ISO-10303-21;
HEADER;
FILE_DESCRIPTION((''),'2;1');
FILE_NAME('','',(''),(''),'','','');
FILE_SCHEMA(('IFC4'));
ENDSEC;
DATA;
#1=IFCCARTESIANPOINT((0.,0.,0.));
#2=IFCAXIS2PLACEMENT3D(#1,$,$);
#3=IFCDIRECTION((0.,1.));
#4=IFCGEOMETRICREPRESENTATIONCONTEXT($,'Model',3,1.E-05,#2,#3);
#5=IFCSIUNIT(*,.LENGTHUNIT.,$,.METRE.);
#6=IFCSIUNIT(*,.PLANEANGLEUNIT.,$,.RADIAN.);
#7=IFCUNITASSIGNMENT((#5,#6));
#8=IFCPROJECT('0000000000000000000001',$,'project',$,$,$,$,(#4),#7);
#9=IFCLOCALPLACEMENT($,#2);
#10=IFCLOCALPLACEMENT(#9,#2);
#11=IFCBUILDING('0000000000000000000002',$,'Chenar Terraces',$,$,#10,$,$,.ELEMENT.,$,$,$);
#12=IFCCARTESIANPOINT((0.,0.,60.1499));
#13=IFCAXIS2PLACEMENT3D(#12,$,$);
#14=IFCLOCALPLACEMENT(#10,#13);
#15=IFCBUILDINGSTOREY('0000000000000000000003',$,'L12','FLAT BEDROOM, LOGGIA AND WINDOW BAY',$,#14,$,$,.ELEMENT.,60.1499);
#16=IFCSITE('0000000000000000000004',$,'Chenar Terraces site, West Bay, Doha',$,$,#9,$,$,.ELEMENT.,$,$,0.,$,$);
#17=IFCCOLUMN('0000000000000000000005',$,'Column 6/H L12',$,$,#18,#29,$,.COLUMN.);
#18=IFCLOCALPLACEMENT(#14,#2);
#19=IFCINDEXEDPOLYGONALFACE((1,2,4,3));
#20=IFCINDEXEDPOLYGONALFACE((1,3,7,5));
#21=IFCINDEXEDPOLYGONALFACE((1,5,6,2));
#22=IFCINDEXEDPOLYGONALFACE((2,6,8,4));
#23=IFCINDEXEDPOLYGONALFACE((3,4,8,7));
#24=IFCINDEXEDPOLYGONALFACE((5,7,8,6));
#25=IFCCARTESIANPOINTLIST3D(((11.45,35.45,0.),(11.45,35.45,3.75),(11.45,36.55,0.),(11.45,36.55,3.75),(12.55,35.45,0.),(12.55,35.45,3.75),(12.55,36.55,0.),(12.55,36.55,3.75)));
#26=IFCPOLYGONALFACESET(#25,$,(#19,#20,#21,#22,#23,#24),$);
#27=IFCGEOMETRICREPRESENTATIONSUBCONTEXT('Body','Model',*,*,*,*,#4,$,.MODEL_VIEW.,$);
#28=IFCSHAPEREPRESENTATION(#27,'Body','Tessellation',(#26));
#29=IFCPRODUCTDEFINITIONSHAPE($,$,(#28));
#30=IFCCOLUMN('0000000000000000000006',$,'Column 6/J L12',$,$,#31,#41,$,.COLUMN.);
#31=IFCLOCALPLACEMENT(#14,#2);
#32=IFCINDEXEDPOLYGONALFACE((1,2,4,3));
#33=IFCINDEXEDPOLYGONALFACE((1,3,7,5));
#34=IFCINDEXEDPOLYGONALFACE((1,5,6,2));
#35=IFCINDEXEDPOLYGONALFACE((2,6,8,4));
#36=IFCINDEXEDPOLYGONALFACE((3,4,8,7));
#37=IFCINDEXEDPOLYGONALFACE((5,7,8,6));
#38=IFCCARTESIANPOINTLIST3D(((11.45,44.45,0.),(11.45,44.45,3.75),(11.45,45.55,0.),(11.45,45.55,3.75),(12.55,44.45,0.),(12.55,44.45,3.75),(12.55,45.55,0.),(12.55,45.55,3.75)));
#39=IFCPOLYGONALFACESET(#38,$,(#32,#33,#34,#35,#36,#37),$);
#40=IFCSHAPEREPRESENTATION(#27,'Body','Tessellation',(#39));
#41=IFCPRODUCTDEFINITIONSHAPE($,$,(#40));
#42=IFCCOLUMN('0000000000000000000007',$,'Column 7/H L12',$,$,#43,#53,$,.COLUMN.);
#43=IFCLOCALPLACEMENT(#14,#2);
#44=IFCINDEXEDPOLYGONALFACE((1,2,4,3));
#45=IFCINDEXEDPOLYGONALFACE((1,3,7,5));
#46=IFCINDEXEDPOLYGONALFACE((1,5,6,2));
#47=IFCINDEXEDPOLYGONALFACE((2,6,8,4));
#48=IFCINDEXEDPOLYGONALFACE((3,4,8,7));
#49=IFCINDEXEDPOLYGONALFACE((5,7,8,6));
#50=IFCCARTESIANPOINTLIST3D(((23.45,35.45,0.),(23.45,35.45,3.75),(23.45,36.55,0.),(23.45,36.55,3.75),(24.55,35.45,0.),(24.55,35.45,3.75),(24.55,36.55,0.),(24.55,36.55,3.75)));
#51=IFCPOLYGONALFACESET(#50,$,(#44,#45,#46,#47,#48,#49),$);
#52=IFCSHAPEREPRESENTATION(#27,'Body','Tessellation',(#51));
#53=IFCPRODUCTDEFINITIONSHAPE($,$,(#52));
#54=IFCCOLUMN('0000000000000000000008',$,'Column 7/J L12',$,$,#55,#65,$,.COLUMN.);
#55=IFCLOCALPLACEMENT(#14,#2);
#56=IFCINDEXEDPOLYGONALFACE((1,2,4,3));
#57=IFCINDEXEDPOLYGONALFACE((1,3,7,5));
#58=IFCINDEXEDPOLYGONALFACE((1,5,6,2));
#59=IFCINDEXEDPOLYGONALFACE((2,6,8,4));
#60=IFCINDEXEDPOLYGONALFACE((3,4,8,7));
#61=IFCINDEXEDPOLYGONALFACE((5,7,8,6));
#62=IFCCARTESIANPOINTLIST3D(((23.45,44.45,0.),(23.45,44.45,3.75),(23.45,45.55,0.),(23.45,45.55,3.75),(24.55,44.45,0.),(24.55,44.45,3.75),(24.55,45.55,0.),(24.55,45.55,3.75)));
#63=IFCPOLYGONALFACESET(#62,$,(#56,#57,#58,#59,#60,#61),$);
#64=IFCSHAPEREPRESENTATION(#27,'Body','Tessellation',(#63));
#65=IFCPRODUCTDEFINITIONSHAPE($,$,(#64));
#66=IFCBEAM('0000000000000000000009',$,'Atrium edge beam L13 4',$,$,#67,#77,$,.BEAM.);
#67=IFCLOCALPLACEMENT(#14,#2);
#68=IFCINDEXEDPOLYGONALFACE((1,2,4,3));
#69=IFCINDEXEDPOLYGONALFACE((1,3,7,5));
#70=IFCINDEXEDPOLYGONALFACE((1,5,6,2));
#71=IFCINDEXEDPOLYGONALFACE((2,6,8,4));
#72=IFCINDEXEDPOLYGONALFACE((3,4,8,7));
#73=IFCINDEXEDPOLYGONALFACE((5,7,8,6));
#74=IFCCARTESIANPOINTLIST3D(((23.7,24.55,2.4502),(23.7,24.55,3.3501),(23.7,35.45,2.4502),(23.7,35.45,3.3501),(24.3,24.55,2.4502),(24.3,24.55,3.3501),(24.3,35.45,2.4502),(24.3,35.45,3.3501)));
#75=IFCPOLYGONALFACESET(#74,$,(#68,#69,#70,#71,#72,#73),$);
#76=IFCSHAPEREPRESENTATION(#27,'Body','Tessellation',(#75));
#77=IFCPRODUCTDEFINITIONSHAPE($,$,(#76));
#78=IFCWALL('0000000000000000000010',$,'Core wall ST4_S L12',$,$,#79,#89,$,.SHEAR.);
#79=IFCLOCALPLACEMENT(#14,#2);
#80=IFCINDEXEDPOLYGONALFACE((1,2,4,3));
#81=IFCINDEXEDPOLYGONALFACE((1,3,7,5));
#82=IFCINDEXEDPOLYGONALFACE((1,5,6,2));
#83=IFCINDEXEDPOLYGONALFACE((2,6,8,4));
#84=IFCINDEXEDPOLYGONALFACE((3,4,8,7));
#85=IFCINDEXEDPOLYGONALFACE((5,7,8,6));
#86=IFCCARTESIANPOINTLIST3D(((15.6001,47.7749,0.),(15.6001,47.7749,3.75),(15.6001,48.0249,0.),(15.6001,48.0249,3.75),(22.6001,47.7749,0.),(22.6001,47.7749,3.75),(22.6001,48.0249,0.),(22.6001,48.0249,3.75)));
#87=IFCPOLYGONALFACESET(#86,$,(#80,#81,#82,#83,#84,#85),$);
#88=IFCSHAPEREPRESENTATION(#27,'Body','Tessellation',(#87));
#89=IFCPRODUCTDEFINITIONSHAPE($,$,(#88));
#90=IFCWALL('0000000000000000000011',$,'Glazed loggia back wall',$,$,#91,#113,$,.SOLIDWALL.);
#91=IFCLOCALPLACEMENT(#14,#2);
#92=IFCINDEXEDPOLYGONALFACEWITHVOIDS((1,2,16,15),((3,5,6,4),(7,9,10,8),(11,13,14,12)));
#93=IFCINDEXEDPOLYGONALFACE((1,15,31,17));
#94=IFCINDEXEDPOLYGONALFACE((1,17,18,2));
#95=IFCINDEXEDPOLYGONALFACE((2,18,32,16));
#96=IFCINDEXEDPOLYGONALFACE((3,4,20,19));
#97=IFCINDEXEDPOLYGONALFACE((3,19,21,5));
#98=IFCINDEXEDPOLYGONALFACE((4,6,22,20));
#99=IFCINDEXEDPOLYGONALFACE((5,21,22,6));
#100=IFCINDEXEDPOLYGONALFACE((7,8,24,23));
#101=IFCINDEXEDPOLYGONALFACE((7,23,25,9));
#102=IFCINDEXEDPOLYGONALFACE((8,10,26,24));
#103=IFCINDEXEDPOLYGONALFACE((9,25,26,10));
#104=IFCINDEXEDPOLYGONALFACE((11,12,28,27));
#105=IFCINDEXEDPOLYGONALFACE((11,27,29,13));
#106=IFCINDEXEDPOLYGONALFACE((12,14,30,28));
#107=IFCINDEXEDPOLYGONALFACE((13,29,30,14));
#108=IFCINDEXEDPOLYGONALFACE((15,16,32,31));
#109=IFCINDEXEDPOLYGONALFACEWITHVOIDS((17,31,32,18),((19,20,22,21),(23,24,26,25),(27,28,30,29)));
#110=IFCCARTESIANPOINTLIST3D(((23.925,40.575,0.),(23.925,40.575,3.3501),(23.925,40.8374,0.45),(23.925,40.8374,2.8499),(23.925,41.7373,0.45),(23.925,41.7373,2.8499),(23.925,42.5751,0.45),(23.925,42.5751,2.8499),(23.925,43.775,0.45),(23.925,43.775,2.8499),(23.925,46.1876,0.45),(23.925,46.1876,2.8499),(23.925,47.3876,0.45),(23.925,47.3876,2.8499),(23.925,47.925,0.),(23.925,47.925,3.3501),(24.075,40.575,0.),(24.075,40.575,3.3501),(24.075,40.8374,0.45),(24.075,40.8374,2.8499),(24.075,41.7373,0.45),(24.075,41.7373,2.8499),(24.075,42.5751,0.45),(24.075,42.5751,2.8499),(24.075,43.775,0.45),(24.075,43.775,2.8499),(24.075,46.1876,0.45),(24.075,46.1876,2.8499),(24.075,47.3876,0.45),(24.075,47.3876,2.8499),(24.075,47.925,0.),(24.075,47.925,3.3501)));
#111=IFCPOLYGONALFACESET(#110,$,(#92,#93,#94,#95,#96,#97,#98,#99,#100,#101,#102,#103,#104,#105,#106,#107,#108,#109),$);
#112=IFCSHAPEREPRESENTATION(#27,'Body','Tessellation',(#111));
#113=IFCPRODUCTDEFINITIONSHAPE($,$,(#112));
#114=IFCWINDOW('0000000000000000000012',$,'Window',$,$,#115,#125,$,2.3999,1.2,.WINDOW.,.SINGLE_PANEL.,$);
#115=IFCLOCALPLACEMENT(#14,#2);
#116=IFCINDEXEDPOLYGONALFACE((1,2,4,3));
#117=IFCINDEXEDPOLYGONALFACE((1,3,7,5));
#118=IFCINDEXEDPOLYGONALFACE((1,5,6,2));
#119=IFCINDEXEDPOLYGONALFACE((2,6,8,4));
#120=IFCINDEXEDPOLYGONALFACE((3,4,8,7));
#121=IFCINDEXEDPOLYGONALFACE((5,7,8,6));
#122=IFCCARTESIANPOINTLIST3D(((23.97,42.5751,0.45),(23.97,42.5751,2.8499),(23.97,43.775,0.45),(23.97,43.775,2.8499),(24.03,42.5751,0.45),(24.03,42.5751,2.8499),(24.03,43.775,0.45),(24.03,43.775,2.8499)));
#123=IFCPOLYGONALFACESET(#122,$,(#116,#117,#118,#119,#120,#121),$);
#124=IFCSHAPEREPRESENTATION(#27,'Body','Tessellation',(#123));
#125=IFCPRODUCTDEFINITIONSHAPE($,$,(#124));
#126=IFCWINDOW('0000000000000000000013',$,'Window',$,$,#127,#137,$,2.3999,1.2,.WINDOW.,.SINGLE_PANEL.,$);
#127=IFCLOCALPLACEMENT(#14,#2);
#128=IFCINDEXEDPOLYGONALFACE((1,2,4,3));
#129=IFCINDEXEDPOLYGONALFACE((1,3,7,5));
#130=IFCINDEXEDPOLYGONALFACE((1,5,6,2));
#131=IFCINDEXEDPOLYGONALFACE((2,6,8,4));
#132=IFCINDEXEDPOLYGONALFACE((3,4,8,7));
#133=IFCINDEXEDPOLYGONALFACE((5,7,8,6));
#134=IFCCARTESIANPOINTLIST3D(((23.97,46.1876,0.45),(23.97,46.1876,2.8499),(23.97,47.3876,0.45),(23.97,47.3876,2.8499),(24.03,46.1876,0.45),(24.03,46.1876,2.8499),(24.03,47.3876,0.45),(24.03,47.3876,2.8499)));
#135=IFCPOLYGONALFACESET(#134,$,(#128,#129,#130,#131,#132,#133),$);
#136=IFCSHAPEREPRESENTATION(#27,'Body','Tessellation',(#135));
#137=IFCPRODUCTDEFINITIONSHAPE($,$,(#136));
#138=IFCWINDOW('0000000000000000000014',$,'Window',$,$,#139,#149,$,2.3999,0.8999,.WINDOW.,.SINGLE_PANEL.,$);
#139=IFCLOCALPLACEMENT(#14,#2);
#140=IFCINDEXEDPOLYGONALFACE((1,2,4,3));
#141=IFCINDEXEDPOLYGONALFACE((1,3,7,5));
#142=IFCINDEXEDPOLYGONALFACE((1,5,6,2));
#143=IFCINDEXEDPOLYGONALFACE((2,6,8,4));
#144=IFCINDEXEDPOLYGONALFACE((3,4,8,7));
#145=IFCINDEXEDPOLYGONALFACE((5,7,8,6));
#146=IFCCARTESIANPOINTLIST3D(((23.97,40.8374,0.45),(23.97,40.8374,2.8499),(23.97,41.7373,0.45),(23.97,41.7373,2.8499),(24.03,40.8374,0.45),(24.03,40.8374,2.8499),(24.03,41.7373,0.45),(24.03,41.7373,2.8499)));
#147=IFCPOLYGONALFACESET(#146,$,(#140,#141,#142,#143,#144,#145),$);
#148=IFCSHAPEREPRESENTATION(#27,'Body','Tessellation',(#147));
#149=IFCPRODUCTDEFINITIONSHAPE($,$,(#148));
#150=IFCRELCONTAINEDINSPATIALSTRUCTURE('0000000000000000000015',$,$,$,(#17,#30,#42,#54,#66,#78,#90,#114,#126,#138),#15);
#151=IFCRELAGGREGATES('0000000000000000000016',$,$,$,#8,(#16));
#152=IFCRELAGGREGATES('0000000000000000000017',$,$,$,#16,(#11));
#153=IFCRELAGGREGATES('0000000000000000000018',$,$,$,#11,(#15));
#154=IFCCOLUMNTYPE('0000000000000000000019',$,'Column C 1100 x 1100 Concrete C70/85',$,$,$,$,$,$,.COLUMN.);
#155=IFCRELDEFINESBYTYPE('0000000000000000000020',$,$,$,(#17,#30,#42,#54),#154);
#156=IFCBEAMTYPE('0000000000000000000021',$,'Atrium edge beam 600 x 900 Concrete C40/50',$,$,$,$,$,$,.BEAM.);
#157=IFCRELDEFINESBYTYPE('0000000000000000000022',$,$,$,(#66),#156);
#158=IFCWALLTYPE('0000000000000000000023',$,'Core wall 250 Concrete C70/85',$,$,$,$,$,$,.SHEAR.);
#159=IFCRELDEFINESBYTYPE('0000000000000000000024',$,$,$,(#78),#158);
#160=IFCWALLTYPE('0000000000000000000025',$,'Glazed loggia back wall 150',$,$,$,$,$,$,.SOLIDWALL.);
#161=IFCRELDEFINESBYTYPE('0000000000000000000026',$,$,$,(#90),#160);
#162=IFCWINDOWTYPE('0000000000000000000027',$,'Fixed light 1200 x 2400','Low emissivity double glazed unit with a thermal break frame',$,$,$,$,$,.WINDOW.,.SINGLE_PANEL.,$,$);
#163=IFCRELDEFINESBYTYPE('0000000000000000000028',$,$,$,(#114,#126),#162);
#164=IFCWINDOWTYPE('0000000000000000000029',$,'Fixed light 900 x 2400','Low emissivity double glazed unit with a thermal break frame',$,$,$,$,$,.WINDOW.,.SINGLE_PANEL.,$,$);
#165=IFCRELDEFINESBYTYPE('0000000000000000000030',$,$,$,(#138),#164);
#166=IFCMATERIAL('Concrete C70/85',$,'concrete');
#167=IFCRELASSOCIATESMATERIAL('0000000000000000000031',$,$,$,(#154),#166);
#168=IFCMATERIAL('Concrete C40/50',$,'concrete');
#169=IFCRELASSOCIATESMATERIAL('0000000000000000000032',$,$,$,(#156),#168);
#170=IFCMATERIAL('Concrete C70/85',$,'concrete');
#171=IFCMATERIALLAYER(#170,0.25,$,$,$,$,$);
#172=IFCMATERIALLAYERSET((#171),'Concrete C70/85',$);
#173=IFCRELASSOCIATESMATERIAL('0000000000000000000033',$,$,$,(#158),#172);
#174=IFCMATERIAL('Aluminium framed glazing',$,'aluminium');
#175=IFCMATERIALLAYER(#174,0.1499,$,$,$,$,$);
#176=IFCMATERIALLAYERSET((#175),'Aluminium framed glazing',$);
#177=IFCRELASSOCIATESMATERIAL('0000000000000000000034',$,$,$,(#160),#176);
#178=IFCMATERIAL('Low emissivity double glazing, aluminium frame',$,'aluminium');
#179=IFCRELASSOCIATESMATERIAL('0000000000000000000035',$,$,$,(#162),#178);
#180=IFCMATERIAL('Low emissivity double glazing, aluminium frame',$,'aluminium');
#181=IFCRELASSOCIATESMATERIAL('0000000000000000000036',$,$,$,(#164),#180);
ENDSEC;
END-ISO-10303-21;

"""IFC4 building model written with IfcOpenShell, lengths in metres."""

from ifc_helpers import new_model, si_unit, direction, frame, frame_2d, origin, origin_2d, place, context, subcontext, project, spatial, rectangle, extrude, material, layer, layer_set, material_profile, profile_set, type_object, element, fill, save


model = new_model("IFC4")

# Units and contexts
model_context = context("Model", 3, precision=1e-05, world=origin(), true_north=direction((0.0, 1.0)))
body_context = subcontext(model_context, "Body", "Model", "MODEL_VIEW")
ifc_project = project(units=[si_unit("LENGTHUNIT", "METRE"), si_unit("PLANEANGLEUNIT", "RADIAN")], contexts=[model_context])

# Site, building, storey
site_placement = place(None, origin())
site = spatial("IfcSite", under=ifc_project, at=site_placement, Name="Chenar Terraces site, West Bay, Doha", CompositionType="ELEMENT", RefElevation=0.0)
building_placement = place(site_placement, origin())
building = spatial("IfcBuilding", under=site, at=building_placement, Name="Chenar Terraces", CompositionType="ELEMENT")
storey_placement = place(building_placement, frame((0.0, 0.0, 60.1499)))
storey = spatial("IfcBuildingStorey", under=building, at=storey_placement, Name="L12", Description="FLAT BEDROOM, LOGGIA AND WINDOW BAY", CompositionType="ELEMENT", Elevation=60.1499)

# Columns
ifc_material_1 = material(Name="Concrete C70/85", Category="concrete")
ifc_material_profile_1 = material_profile(ifc_material_1, rectangle(XDim=1.1001, YDim=1.1001, at=origin_2d()), Name="C 1100 x 1100")
ifc_profile_set_1 = profile_set([ifc_material_profile_1], Name="Concrete C70/85")
column_type = type_object("IfcColumnType", Name="Column C 1100 x 1100 Concrete C70/85", PredefinedType="COLUMN", material=ifc_profile_set_1)
for number, where, z_axis, x_axis, name in (
    (1, (12.0, 36.0, 0.0), (0.0, 0.0, 1.0), (1.0, 0.0, 0.0), "Column 6/H L12"),
    (2, (12.0, 45.0, 0.0), (0.0, 0.0, 1.0), (1.0, 0.0, 0.0), "Column 6/J L12"),
    (3, (24.0, 36.0, 0.0), (0.0, 0.0, 1.0), (1.0, 0.0, 0.0), "Column 7/H L12"),
    (4, (24.0, 45.0, 0.0), (0.0, 0.0, 1.0), (1.0, 0.0, 0.0), "Column 7/J L12"),
):
    element("IfcColumn", number, at=place(storey_placement, frame(where, z_axis=z_axis, x_axis=x_axis)), inside=storey, type_object=column_type, Name=name, PredefinedType="COLUMN", context=body_context, shape_type="SweptSolid", body=[
        extrude(rectangle(XDim=1.1001, YDim=1.1001, at=origin_2d()), origin(), (0.0, 0.0, 1.0), 3.75),
    ])

# Beam
ifc_material_2 = material(Name="Concrete C40/50", Category="concrete")
ifc_material_profile_2 = material_profile(ifc_material_2, rectangle(XDim=0.6001, YDim=0.8999, at=origin_2d()), Name="RC 600 x 900")
ifc_profile_set_2 = profile_set([ifc_material_profile_2], Name="Concrete C40/50")
beam_type = type_object("IfcBeamType", Name="Atrium edge beam 600 x 900 Concrete C40/50", PredefinedType="BEAM", material=ifc_profile_set_2)
beam_placement = place(storey_placement, frame((24.0, 35.45, 2.9001), z_axis=(0.0, -1.0, 0.0), x_axis=(1.0, 0.0, 0.0)))
element("IfcBeam", 5, at=beam_placement, inside=storey, type_object=beam_type, Name="Atrium edge beam L13 4", PredefinedType="BEAM", context=body_context, shape_type="SweptSolid", body=[
    extrude(rectangle(XDim=0.6001, YDim=0.8999, at=origin_2d()), origin(), (0.0, 0.0, 1.0), 10.8999),
])

# Wall
ifc_material_3 = material(Name="Concrete C70/85", Category="concrete")
ifc_layer_1 = layer(ifc_material_3, 0.25)
ifc_layer_set_1 = layer_set([ifc_layer_1], Name="Concrete C70/85")
wall_type_1 = type_object("IfcWallType", Name="Core wall 250 Concrete C70/85", PredefinedType="SHEAR", material=ifc_layer_set_1)
wall_1_placement = place(storey_placement, frame((15.6001, 47.8999, 0.0), z_axis=(0.0, 0.0, 1.0), x_axis=(1.0, 0.0, 0.0)))
element("IfcWall", 6, at=wall_1_placement, inside=storey, type_object=wall_type_1, Name="Core wall ST4_S L12", PredefinedType="SHEAR", context=body_context, shape_type="SweptSolid", body=[
    extrude(rectangle(XDim=7.0, YDim=0.25, at=frame_2d((3.5, 0.0))), origin(), (0.0, 0.0, 1.0), 3.75),
])

# Wall, openings, windows
ifc_material_4 = material(Name="Aluminium framed glazing", Category="aluminium")
ifc_layer_2 = layer(ifc_material_4, 0.1499)
ifc_layer_set_2 = layer_set([ifc_layer_2], Name="Aluminium framed glazing")
wall_type_2 = type_object("IfcWallType", Name="Glazed loggia back wall 150", PredefinedType="SOLIDWALL", material=ifc_layer_set_2)
wall_2_placement = place(storey_placement, frame((24.0, 40.575, 0.0), z_axis=(0.0, 0.0, 1.0), x_axis=(0.0, 1.0, 0.0)))
wall_2 = element("IfcWall", 7, at=wall_2_placement, inside=storey, type_object=wall_type_2, Name="Glazed loggia back wall", PredefinedType="SOLIDWALL", context=body_context, shape_type="SweptSolid", body=[
    extrude(rectangle(XDim=7.3501, YDim=0.1499, at=frame_2d((3.675, 0.0))), origin(), (0.0, 0.0, 1.0), 3.3501),
])
opening_1_placement = place(wall_2_placement, frame((0.2625, 0.0, 0.45)))
opening_1 = element("IfcOpeningElement", 8, at=opening_1_placement, cuts=wall_2, PredefinedType="OPENING", context=body_context, shape_type="SweptSolid", body=[
    extrude(rectangle(XDim=0.8999, YDim=2.3999, at=frame_2d((0.45, 1.2))), frame((0.0, 0.085, 0.0), z_axis=(0.0, -1.0, 0.0), x_axis=(1.0, 0.0, 0.0)), (0.0, 0.0, 1.0), 0.1699),
])
opening_2_placement = place(wall_2_placement, frame((2.0, 0.0, 0.45)))
opening_2 = element("IfcOpeningElement", 9, at=opening_2_placement, cuts=wall_2, PredefinedType="OPENING", context=body_context, shape_type="SweptSolid", body=[
    extrude(rectangle(XDim=1.2, YDim=2.3999, at=frame_2d((0.6001, 1.2))), frame((0.0, 0.085, 0.0), z_axis=(0.0, -1.0, 0.0), x_axis=(1.0, 0.0, 0.0)), (0.0, 0.0, 1.0), 0.1699),
])
opening_3_placement = place(wall_2_placement, frame((5.6125, 0.0, 0.45)))
opening_3 = element("IfcOpeningElement", 10, at=opening_3_placement, cuts=wall_2, PredefinedType="OPENING", context=body_context, shape_type="SweptSolid", body=[
    extrude(rectangle(XDim=1.2, YDim=2.3999, at=frame_2d((0.6001, 1.2))), frame((0.0, 0.085, 0.0), z_axis=(0.0, -1.0, 0.0), x_axis=(1.0, 0.0, 0.0)), (0.0, 0.0, 1.0), 0.1699),
])
ifc_material_5 = material(Name="Low emissivity double glazing, aluminium frame", Category="aluminium")
window_type_1 = type_object("IfcWindowType", Name="Fixed light 1200 x 2400", Description="Low emissivity double glazed unit with a thermal break frame", PartitioningType="SINGLE_PANEL", PredefinedType="WINDOW", material=ifc_material_5)
window_1_placement = place(opening_2_placement, origin())
window_1 = element("IfcWindow", 11, at=window_1_placement, inside=storey, type_object=window_type_1, Name="Window", OverallHeight=2.3999, OverallWidth=1.2, PartitioningType="SINGLE_PANEL", PredefinedType="WINDOW", context=body_context, shape_type="SweptSolid", body=[
    extrude(rectangle(XDim=1.2, YDim=2.3999, at=frame_2d((0.6001, 1.2))), frame((0.0, 0.03, 0.0), z_axis=(0.0, -1.0, 0.0), x_axis=(1.0, 0.0, 0.0)), (0.0, 0.0, 1.0), 0.0601),
])
fill(opening_2, window_1)
window_2_placement = place(opening_3_placement, origin())
window_2 = element("IfcWindow", 12, at=window_2_placement, inside=storey, type_object=window_type_1, Name="Window", OverallHeight=2.3999, OverallWidth=1.2, PartitioningType="SINGLE_PANEL", PredefinedType="WINDOW", context=body_context, shape_type="SweptSolid", body=[
    extrude(rectangle(XDim=1.2, YDim=2.3999, at=frame_2d((0.6001, 1.2))), frame((0.0, 0.03, 0.0), z_axis=(0.0, -1.0, 0.0), x_axis=(1.0, 0.0, 0.0)), (0.0, 0.0, 1.0), 0.0601),
])
fill(opening_3, window_2)
ifc_material_6 = material(Name="Low emissivity double glazing, aluminium frame", Category="aluminium")
window_type_2 = type_object("IfcWindowType", Name="Fixed light 900 x 2400", Description="Low emissivity double glazed unit with a thermal break frame", PartitioningType="SINGLE_PANEL", PredefinedType="WINDOW", material=ifc_material_6)
window_3_placement = place(opening_1_placement, origin())
window_3 = element("IfcWindow", 13, at=window_3_placement, inside=storey, type_object=window_type_2, Name="Window", OverallHeight=2.3999, OverallWidth=0.8999, PartitioningType="SINGLE_PANEL", PredefinedType="WINDOW", context=body_context, shape_type="SweptSolid", body=[
    extrude(rectangle(XDim=0.8999, YDim=2.3999, at=frame_2d((0.45, 1.2))), frame((0.0, 0.03, 0.0), z_axis=(0.0, -1.0, 0.0), x_axis=(1.0, 0.0, 0.0)), (0.0, 0.0, 1.0), 0.0601),
])
fill(opening_1, window_3)

save(model, "model.ifc")
